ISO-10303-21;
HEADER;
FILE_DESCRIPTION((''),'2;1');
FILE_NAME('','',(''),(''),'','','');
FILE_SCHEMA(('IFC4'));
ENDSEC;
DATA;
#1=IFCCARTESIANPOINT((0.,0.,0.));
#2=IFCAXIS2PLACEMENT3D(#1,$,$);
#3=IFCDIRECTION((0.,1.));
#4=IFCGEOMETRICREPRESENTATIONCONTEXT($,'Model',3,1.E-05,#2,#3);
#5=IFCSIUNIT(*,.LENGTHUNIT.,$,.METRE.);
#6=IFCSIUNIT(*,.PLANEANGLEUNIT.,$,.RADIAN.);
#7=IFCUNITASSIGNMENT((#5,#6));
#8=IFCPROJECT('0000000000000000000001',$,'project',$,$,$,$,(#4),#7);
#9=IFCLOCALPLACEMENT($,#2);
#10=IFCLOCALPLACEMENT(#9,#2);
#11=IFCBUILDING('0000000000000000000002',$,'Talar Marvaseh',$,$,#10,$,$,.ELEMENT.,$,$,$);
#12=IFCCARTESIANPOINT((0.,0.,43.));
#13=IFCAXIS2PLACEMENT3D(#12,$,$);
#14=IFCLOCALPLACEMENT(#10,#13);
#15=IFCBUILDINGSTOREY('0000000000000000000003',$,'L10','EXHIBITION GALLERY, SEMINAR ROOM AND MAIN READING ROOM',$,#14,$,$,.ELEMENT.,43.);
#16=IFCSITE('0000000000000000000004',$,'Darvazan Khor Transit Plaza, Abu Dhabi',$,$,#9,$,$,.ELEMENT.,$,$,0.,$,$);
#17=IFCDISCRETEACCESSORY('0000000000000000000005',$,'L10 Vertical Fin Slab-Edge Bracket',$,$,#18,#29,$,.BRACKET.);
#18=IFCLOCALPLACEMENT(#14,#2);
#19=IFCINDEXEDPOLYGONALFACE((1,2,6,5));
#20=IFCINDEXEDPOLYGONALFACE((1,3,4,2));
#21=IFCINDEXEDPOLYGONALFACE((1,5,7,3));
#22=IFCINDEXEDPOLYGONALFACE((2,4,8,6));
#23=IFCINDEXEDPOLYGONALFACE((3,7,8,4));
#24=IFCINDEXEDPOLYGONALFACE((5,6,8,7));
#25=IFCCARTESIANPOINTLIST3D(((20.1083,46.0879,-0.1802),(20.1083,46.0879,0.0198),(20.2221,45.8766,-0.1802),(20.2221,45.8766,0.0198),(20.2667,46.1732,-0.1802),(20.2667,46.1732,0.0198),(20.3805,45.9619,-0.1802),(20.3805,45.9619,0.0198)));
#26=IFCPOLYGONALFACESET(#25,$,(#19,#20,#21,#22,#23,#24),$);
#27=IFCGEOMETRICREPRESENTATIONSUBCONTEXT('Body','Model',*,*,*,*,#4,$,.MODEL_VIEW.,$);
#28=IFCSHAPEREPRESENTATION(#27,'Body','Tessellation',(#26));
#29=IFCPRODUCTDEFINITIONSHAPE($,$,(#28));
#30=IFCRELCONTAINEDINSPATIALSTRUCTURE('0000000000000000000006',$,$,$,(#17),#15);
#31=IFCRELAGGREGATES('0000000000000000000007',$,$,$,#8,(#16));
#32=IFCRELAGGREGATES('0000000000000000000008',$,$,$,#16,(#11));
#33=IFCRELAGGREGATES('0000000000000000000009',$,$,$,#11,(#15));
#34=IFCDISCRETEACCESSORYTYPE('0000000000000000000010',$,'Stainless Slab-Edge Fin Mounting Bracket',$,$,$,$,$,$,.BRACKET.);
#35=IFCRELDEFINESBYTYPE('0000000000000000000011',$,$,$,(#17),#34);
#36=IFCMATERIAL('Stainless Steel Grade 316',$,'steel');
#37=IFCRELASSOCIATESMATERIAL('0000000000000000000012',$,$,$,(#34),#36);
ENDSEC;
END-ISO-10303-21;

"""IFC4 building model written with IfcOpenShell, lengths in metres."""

from ifc_helpers import new_model, si_unit, direction, frame, origin, origin_2d, place, context, subcontext, project, spatial, rectangle, extrude, source, transform, mapped, material, type_object, type_shapes, element, save


model = new_model("IFC4")

# Units and contexts
model_context = context("Model", 3, precision=1e-05, world=origin(), true_north=direction((0.0, 1.0)))
body_context = subcontext(model_context, "Body", "Model", "MODEL_VIEW")
ifc_project = project(units=[si_unit("LENGTHUNIT", "METRE"), si_unit("PLANEANGLEUNIT", "RADIAN")], contexts=[model_context])

# Site, building, storey
site_placement = place(None, origin())
site = spatial("IfcSite", under=ifc_project, at=site_placement, Name="Darvazan Khor Transit Plaza, Abu Dhabi", CompositionType="ELEMENT", RefElevation=0.0)
building_placement = place(site_placement, origin())
building = spatial("IfcBuilding", under=site, at=building_placement, Name="Talar Marvaseh", CompositionType="ELEMENT")
storey_placement = place(building_placement, frame((0.0, 0.0, 43.0)))
storey = spatial("IfcBuildingStorey", under=building, at=storey_placement, Name="L10", Description="EXHIBITION GALLERY, SEMINAR ROOM AND MAIN READING ROOM", CompositionType="ELEMENT", Elevation=43.0)

# Discrete accessory
ifc_material_1 = material(Name="Stainless Steel Grade 316", Category="steel")
discrete_accessory_type = type_object("IfcDiscreteAccessoryType", Name="Stainless Slab-Edge Fin Mounting Bracket", PredefinedType="BRACKET", material=ifc_material_1)
shared_shape_1 = source(origin(), body_context, "Body", "SweptSolid", [
    extrude(rectangle(XDim=0.24, YDim=0.1799, at=origin_2d()), origin(), (0.0, 0.0, 1.0), 0.2),
])
type_shapes(discrete_accessory_type, [shared_shape_1])
for number, where, z_axis, x_axis, name in (
    (1, (20.2444, 46.0249, -0.1802), (0.0, 0.0, 1.0), (-0.474396, 0.880312, 0.0), "L10 Vertical Fin Slab-Edge Bracket"),
):
    element("IfcDiscreteAccessory", number, at=place(storey_placement, frame(where, z_axis=z_axis, x_axis=x_axis)), inside=storey, type_object=discrete_accessory_type, Name=name, PredefinedType="BRACKET", context=body_context, shape_type="MappedRepresentation", body=[
        mapped(shared_shape_1, transform((0.0, 0.0, 0.0), x_axis=(1.0, 0.0, 0.0), y_axis=(0.0, 1.0, 0.0), z_axis=(0.0, 0.0, 1.0), scale=1.0)),
    ])

save(model, "model.ifc")
